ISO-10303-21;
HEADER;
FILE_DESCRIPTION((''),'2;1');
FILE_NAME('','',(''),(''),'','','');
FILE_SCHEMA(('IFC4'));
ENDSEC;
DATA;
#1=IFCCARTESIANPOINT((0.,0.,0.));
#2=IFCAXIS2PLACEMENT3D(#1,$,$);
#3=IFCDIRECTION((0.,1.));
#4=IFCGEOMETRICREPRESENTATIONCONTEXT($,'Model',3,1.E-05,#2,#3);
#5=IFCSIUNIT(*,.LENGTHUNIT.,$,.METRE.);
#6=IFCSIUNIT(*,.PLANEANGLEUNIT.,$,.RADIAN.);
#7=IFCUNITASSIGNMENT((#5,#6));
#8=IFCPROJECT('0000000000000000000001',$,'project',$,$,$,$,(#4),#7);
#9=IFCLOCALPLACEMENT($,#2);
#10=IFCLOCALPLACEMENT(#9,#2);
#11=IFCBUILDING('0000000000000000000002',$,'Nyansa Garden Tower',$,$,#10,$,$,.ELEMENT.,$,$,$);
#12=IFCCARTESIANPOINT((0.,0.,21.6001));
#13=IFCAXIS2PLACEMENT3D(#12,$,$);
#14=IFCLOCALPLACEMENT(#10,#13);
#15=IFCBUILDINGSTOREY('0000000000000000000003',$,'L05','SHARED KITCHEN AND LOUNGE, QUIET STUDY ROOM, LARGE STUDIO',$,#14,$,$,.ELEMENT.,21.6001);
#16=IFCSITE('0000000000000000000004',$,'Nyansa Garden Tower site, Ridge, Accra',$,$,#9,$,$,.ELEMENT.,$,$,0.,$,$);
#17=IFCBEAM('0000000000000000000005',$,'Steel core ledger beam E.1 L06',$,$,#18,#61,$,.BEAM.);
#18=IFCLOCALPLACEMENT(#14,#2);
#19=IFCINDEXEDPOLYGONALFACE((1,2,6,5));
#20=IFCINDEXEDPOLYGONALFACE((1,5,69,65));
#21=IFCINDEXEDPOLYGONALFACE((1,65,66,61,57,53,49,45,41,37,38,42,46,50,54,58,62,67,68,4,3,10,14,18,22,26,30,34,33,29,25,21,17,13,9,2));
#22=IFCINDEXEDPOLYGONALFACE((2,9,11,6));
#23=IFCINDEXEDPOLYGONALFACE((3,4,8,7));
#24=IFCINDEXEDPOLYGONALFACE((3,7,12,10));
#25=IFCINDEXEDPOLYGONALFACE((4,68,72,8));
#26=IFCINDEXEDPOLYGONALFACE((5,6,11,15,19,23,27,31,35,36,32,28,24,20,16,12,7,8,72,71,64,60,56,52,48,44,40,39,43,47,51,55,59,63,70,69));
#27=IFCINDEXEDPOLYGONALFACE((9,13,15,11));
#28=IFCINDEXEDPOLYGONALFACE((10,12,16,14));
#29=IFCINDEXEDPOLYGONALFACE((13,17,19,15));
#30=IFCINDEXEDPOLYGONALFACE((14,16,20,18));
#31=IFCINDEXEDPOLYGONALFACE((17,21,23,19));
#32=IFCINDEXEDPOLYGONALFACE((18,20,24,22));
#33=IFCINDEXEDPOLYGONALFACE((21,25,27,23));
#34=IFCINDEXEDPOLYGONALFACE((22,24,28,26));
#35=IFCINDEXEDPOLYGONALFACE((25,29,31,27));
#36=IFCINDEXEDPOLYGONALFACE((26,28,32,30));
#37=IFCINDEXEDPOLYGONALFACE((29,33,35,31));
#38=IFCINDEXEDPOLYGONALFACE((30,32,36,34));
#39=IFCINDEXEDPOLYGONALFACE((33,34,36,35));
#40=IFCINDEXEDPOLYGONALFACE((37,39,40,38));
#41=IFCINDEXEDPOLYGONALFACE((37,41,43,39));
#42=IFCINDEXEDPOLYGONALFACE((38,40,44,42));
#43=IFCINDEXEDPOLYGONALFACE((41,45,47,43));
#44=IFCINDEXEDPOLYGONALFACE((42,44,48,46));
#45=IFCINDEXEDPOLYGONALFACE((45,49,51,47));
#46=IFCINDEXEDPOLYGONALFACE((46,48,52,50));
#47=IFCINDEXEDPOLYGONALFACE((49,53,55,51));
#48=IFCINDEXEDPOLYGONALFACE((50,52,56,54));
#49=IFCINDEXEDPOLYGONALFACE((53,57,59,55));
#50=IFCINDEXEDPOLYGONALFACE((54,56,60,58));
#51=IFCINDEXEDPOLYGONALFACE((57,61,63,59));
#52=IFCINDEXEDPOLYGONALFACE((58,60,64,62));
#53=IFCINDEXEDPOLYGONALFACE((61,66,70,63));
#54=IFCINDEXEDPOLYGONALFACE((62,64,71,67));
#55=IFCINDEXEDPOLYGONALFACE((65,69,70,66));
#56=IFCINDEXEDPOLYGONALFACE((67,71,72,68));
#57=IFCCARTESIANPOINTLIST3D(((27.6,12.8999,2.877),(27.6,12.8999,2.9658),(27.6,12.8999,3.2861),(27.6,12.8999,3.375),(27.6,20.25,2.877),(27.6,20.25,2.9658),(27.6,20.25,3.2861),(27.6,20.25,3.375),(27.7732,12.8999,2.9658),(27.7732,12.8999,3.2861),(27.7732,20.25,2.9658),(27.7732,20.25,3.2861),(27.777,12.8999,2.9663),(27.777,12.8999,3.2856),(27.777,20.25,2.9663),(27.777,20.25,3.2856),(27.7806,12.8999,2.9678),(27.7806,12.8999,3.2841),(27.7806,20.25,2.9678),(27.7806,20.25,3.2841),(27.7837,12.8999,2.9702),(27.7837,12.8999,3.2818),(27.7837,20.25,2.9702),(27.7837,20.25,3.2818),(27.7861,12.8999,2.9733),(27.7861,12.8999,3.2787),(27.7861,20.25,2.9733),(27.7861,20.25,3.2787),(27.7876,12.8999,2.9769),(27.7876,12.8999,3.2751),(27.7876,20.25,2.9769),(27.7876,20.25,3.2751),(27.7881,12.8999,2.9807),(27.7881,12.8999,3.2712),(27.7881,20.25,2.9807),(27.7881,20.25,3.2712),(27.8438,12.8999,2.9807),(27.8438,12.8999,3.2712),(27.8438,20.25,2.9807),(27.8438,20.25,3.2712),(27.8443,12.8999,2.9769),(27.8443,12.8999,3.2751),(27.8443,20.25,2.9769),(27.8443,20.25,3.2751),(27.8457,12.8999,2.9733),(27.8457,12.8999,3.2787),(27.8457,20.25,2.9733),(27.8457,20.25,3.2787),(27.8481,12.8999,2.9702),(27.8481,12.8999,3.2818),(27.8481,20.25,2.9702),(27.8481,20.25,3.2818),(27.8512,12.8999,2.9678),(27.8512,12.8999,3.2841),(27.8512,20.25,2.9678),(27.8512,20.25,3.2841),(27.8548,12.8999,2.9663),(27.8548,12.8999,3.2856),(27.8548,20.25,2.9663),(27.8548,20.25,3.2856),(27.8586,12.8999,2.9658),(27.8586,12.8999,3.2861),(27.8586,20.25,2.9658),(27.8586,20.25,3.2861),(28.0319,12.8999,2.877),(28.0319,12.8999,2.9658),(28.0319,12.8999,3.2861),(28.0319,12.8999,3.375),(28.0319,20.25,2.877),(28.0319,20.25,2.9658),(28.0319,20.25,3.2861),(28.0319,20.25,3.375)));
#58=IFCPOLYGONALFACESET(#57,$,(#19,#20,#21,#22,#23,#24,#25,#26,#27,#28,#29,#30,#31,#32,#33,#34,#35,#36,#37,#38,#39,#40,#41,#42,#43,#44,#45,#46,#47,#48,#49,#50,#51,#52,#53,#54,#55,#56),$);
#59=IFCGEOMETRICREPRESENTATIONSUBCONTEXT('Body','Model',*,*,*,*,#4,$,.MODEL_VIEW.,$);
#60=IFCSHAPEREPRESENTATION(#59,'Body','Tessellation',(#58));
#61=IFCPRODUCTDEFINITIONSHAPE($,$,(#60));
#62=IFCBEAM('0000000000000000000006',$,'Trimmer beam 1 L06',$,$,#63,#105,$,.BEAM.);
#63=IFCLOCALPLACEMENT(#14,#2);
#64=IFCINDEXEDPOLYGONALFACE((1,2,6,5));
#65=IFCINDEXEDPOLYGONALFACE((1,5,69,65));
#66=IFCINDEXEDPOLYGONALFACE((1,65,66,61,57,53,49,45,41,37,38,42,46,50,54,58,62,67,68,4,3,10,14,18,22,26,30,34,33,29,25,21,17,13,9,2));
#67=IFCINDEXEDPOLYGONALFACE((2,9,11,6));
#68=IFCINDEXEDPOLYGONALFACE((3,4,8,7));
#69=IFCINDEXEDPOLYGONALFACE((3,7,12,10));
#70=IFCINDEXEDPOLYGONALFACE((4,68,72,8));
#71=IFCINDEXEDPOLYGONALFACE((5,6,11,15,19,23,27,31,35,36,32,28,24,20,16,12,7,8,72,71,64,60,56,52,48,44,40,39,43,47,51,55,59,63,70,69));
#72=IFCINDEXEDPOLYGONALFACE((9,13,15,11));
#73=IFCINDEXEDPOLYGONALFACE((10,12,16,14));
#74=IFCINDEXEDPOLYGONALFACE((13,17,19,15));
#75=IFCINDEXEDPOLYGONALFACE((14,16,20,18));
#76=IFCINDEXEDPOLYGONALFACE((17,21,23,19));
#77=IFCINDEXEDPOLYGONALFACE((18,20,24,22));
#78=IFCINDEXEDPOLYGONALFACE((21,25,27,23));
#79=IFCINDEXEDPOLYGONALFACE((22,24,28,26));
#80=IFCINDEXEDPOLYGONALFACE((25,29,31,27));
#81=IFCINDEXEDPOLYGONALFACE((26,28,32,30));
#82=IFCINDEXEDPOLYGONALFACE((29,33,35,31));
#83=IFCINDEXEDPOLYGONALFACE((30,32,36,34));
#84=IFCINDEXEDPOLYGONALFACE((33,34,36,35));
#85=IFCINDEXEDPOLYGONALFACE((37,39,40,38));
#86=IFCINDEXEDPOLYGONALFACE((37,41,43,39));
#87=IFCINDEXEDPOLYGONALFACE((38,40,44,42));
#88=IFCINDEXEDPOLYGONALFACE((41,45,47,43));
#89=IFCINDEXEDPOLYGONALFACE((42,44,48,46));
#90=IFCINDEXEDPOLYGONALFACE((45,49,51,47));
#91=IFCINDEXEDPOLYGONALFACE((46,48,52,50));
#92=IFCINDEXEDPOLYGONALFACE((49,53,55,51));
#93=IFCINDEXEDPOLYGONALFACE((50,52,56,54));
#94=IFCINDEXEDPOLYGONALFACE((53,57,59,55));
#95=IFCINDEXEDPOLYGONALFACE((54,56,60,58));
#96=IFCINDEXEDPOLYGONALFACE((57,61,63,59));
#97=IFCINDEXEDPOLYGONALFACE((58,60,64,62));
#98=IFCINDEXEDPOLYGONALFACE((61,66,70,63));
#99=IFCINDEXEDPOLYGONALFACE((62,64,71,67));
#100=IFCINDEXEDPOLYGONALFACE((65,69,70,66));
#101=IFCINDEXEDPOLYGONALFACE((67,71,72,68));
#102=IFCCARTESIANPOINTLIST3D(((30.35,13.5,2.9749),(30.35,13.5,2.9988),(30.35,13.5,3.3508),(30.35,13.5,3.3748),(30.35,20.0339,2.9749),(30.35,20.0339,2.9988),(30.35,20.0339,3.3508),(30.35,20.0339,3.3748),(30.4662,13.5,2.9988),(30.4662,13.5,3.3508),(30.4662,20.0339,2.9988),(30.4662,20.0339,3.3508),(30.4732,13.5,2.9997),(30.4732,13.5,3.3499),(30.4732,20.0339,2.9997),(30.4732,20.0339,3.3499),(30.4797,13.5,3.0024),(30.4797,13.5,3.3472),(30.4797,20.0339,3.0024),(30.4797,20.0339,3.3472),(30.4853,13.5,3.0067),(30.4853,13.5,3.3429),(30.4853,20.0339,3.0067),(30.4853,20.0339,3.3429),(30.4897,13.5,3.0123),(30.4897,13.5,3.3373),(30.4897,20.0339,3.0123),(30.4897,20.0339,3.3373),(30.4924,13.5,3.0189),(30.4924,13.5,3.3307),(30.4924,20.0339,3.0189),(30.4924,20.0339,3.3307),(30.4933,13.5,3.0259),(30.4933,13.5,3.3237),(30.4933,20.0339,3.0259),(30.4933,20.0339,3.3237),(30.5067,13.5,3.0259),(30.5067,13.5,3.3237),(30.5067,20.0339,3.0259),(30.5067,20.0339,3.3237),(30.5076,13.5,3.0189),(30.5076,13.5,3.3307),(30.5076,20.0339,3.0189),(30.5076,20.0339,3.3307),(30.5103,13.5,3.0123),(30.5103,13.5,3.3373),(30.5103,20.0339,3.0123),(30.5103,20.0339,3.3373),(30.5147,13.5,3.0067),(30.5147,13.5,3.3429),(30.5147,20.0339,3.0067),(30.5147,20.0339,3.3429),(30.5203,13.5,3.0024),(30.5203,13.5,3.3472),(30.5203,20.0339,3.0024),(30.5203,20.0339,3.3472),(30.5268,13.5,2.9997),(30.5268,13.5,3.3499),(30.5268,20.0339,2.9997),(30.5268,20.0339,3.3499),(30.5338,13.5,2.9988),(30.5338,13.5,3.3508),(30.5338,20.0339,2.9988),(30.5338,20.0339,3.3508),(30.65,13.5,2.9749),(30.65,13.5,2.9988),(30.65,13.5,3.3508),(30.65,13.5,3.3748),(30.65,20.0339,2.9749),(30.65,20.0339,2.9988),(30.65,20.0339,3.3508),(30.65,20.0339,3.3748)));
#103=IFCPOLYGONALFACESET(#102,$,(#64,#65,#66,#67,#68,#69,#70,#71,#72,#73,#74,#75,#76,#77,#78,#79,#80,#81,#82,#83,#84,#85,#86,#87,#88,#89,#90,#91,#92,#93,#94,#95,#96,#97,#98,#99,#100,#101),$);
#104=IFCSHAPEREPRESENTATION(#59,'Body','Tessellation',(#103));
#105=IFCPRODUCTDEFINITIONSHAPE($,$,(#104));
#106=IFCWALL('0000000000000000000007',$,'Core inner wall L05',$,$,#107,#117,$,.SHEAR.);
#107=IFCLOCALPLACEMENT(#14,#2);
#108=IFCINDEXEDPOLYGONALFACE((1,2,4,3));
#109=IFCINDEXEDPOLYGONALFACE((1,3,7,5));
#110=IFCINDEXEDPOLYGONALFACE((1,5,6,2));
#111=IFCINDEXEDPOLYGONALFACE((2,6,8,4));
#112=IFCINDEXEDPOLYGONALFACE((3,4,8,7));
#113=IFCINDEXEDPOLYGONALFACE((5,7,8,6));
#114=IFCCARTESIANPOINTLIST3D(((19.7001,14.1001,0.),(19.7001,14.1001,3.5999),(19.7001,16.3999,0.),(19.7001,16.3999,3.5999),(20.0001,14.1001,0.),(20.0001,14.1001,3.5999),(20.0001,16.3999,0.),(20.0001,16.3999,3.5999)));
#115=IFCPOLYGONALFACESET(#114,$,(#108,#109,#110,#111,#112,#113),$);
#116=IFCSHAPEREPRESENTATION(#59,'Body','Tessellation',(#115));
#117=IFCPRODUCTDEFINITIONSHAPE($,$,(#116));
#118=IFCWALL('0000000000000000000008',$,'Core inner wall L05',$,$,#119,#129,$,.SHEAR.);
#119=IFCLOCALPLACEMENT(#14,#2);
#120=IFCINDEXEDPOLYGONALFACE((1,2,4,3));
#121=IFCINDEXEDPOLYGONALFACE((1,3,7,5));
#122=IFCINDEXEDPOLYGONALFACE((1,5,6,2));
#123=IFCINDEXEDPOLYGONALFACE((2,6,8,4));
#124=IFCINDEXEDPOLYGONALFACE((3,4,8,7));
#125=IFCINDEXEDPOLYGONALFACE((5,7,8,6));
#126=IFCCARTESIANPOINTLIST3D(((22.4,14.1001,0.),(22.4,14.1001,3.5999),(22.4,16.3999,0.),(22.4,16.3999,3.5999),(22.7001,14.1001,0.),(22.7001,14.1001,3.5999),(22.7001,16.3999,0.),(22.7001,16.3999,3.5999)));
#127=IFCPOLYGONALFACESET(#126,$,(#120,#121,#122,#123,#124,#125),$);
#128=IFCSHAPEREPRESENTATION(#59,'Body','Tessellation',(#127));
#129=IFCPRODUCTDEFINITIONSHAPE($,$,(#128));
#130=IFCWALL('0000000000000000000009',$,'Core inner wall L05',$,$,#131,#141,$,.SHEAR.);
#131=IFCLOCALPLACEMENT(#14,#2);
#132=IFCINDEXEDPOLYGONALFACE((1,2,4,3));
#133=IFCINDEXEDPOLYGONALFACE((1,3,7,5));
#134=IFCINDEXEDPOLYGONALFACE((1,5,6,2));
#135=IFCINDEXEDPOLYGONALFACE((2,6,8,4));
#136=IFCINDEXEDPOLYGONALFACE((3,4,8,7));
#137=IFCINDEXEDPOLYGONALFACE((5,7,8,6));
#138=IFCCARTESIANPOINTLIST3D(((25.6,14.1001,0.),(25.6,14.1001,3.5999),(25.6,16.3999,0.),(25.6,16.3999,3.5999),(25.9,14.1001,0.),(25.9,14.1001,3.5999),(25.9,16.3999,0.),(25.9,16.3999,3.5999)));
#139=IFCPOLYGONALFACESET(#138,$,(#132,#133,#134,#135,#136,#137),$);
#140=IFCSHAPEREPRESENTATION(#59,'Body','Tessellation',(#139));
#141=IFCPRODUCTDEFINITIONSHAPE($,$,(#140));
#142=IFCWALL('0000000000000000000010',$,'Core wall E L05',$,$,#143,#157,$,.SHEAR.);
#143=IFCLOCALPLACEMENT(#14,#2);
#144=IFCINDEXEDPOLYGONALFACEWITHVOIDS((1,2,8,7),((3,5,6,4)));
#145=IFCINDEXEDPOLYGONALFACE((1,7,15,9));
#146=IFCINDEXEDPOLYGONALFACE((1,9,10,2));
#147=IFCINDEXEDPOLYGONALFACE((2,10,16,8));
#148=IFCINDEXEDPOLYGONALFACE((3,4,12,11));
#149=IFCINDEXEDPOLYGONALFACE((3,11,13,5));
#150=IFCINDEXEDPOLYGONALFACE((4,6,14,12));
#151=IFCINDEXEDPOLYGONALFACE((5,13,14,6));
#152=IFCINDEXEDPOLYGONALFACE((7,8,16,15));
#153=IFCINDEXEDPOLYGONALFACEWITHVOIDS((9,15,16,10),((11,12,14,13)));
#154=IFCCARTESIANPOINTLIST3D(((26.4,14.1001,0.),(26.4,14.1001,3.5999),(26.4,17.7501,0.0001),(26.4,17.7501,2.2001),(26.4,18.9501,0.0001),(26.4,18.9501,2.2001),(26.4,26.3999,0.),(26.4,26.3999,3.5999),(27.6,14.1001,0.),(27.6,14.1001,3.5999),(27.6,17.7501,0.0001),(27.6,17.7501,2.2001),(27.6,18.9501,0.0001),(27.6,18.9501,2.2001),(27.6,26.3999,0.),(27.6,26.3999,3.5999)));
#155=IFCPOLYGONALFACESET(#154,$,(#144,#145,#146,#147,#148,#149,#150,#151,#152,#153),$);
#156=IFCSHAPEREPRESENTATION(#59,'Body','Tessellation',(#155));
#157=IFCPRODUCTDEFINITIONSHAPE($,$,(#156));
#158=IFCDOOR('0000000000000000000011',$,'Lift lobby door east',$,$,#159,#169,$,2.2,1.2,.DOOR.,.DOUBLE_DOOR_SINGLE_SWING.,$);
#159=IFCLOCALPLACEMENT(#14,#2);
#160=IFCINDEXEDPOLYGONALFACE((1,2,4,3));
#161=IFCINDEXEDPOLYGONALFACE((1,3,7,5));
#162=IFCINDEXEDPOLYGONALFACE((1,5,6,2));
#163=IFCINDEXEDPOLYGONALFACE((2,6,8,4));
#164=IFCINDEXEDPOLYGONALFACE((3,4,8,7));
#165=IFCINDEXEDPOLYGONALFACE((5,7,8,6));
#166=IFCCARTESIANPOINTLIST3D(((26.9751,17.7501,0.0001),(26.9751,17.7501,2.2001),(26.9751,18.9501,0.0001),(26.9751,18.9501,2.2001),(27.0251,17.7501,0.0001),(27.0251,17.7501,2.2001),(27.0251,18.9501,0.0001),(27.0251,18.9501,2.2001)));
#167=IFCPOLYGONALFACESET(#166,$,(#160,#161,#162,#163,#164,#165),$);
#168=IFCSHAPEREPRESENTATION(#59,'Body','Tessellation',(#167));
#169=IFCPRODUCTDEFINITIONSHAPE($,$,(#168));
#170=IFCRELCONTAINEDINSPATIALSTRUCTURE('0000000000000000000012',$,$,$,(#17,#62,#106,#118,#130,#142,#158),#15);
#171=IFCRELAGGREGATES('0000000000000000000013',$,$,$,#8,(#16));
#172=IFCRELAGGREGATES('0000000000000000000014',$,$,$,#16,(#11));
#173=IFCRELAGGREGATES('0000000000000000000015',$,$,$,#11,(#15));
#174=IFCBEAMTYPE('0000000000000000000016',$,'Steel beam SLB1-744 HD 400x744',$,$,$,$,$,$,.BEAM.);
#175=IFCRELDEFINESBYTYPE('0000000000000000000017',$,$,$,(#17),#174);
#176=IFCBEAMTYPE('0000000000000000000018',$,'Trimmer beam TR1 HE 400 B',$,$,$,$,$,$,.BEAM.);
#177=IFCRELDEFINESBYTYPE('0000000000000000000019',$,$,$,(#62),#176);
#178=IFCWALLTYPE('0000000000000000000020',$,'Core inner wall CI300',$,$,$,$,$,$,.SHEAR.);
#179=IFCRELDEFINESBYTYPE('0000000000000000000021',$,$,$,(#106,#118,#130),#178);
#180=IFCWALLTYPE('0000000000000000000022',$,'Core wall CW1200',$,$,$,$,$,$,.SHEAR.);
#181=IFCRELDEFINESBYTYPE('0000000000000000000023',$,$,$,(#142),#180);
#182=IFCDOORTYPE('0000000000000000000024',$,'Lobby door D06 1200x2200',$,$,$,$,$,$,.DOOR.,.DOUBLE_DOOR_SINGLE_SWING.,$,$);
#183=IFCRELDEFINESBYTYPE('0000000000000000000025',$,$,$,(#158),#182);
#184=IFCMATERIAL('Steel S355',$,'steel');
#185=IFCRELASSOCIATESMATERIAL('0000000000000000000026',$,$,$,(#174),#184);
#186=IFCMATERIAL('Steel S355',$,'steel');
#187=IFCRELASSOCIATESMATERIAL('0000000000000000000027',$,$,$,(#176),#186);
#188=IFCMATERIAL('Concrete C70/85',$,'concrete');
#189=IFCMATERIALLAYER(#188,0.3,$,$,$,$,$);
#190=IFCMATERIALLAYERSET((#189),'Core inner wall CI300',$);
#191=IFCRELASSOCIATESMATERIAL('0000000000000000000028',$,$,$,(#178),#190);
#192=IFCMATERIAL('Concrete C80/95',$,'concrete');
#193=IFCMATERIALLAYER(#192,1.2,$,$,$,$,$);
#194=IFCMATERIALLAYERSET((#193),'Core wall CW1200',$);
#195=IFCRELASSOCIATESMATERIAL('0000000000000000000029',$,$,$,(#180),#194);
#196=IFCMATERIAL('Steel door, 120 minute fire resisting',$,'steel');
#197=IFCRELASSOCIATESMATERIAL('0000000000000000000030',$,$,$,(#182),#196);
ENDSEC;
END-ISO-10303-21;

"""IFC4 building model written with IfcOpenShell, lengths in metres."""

from ifc_helpers import new_model, si_unit, direction, frame, frame_2d, origin, origin_2d, place, context, subcontext, project, spatial, rectangle, i_section, extrude, material, layer, layer_set, material_profile, profile_set, type_object, element, fill, save


model = new_model("IFC4")

# Units and contexts
model_context = context("Model", 3, precision=1e-05, world=origin(), true_north=direction((0.0, 1.0)))
body_context = subcontext(model_context, "Body", "Model", "MODEL_VIEW")
ifc_project = project(units=[si_unit("LENGTHUNIT", "METRE"), si_unit("PLANEANGLEUNIT", "RADIAN")], contexts=[model_context])

# Site, building, storey
site_placement = place(None, origin())
site = spatial("IfcSite", under=ifc_project, at=site_placement, Name="Nyansa Garden Tower site, Ridge, Accra", CompositionType="ELEMENT", RefElevation=0.0)
building_placement = place(site_placement, origin())
building = spatial("IfcBuilding", under=site, at=building_placement, Name="Nyansa Garden Tower", CompositionType="ELEMENT")
storey_placement = place(building_placement, frame((0.0, 0.0, 21.6001)))
storey = spatial("IfcBuildingStorey", under=building, at=storey_placement, Name="L05", Description="SHARED KITCHEN AND LOUNGE, QUIET STUDY ROOM, LARGE STUDIO", CompositionType="ELEMENT", Elevation=21.6001)

# Beams
ifc_material_1 = material(Name="Steel S355", Category="steel")
ifc_material_profile_1 = material_profile(ifc_material_1, i_section(OverallWidth=0.4319, OverallDepth=0.498, WebThickness=0.0557, FlangeThickness=0.0889, FilletRadius=0.0149, at=origin_2d()), Name="HD 400x744")
ifc_profile_set_1 = profile_set([ifc_material_profile_1], Name="Steel S355")
beam_type_1 = type_object("IfcBeamType", Name="Steel beam SLB1-744 HD 400x744", PredefinedType="BEAM", material=ifc_profile_set_1)
beam_1_placement = place(storey_placement, frame((27.8159, 12.8999, 3.126), z_axis=(0.0, 1.0, 0.0), x_axis=(-1.0, 0.0, 0.0)))
element("IfcBeam", 1, at=beam_1_placement, inside=storey, type_object=beam_type_1, Name="Steel core ledger beam E.1 L06", PredefinedType="BEAM", context=body_context, shape_type="SweptSolid", body=[
    extrude(i_section(OverallWidth=0.4319, OverallDepth=0.498, WebThickness=0.0557, FlangeThickness=0.0889, FilletRadius=0.0149, at=origin_2d()), origin(), (0.0, 0.0, 1.0), 7.3501),
])
ifc_material_2 = material(Name="Steel S355", Category="steel")
ifc_material_profile_2 = material_profile(ifc_material_2, i_section(OverallWidth=0.3, OverallDepth=0.3999, WebThickness=0.0134, FlangeThickness=0.0239, FilletRadius=0.0271, at=origin_2d()), Name="HE 400 B")
ifc_profile_set_2 = profile_set([ifc_material_profile_2], Name="Steel S355")
beam_type_2 = type_object("IfcBeamType", Name="Trimmer beam TR1 HE 400 B", PredefinedType="BEAM", material=ifc_profile_set_2)
beam_2_placement = place(storey_placement, frame((30.5, 13.5, 3.1748), z_axis=(0.0, 1.0, 0.0), x_axis=(-1.0, 0.0, 0.0)))
element("IfcBeam", 2, at=beam_2_placement, inside=storey, type_object=beam_type_2, Name="Trimmer beam 1 L06", PredefinedType="BEAM", context=body_context, shape_type="SweptSolid", body=[
    extrude(i_section(OverallWidth=0.3, OverallDepth=0.3999, WebThickness=0.0134, FlangeThickness=0.0239, FilletRadius=0.0271, at=origin_2d()), origin(), (0.0, 0.0, 1.0), 6.5339),
])

# Walls
ifc_material_3 = material(Name="Concrete C70/85", Category="concrete")
ifc_layer_1 = layer(ifc_material_3, 0.3)
ifc_layer_set_1 = layer_set([ifc_layer_1], Name="Core inner wall CI300")
wall_type_1 = type_object("IfcWallType", Name="Core inner wall CI300", PredefinedType="SHEAR", material=ifc_layer_set_1)
for number, where, z_axis, x_axis, name in (
    (3, (19.8501, 14.1001, 0.0), (0.0, 0.0, 1.0), (0.0, 1.0, 0.0), "Core inner wall L05"),
    (4, (22.55, 14.1001, 0.0), (0.0, 0.0, 1.0), (0.0, 1.0, 0.0), "Core inner wall L05"),
    (5, (25.75, 14.1001, 0.0), (0.0, 0.0, 1.0), (0.0, 1.0, 0.0), "Core inner wall L05"),
):
    element("IfcWall", number, at=place(storey_placement, frame(where, z_axis=z_axis, x_axis=x_axis)), inside=storey, type_object=wall_type_1, Name=name, PredefinedType="SHEAR", context=body_context, shape_type="SweptSolid", body=[
        extrude(rectangle(XDim=2.2998, YDim=0.3, at=frame_2d((1.1499, 0.0))), origin(), (0.0, 0.0, 1.0), 3.5999),
    ])

# Wall, opening, door
ifc_material_4 = material(Name="Concrete C80/95", Category="concrete")
ifc_layer_2 = layer(ifc_material_4, 1.2)
ifc_layer_set_2 = layer_set([ifc_layer_2], Name="Core wall CW1200")
wall_type_2 = type_object("IfcWallType", Name="Core wall CW1200", PredefinedType="SHEAR", material=ifc_layer_set_2)
wall_1_placement = place(storey_placement, frame((27.0, 14.1001, 0.0), z_axis=(0.0, 0.0, 1.0), x_axis=(0.0, 1.0, 0.0)))
wall_1 = element("IfcWall", 6, at=wall_1_placement, inside=storey, type_object=wall_type_2, Name="Core wall E L05", PredefinedType="SHEAR", context=body_context, shape_type="SweptSolid", body=[
    extrude(rectangle(XDim=12.2998, YDim=1.2, at=frame_2d((6.1499, 0.0))), origin(), (0.0, 0.0, 1.0), 3.5999),
])
opening_1_placement = place(wall_1_placement, frame((3.6499, 0.0, 0.0)))
opening_1 = element("IfcOpeningElement", 7, at=opening_1_placement, cuts=wall_1, PredefinedType="OPENING", context=body_context, shape_type="SweptSolid", body=[
    extrude(rectangle(XDim=1.2, YDim=2.2, at=frame_2d((0.6001, 1.1001))), frame((0.0, 0.6099, 0.0), z_axis=(0.0, -1.0, 0.0), x_axis=(1.0, 0.0, 0.0)), (0.0, 0.0, 1.0), 1.22),
])
ifc_material_5 = material(Name="Steel door, 120 minute fire resisting", Category="steel")
door_type_1 = type_object("IfcDoorType", Name="Lobby door D06 1200x2200", OperationType="DOUBLE_DOOR_SINGLE_SWING", PredefinedType="DOOR", material=ifc_material_5)
door_1_placement = place(opening_1_placement, origin())
door_1 = element("IfcDoor", 8, at=door_1_placement, inside=storey, type_object=door_type_1, Name="Lift lobby door east", OperationType="DOUBLE_DOOR_SINGLE_SWING", OverallHeight=2.2, OverallWidth=1.2, PredefinedType="DOOR", context=body_context, shape_type="SweptSolid", body=[
    extrude(rectangle(XDim=1.2, YDim=2.2, at=frame_2d((0.6001, 1.1001))), frame((0.0, 0.0249, 0.0), z_axis=(0.0, -1.0, 0.0), x_axis=(1.0, 0.0, 0.0)), (0.0, 0.0, 1.0), 0.05),
])
fill(opening_1, door_1)

save(model, "model.ifc")
